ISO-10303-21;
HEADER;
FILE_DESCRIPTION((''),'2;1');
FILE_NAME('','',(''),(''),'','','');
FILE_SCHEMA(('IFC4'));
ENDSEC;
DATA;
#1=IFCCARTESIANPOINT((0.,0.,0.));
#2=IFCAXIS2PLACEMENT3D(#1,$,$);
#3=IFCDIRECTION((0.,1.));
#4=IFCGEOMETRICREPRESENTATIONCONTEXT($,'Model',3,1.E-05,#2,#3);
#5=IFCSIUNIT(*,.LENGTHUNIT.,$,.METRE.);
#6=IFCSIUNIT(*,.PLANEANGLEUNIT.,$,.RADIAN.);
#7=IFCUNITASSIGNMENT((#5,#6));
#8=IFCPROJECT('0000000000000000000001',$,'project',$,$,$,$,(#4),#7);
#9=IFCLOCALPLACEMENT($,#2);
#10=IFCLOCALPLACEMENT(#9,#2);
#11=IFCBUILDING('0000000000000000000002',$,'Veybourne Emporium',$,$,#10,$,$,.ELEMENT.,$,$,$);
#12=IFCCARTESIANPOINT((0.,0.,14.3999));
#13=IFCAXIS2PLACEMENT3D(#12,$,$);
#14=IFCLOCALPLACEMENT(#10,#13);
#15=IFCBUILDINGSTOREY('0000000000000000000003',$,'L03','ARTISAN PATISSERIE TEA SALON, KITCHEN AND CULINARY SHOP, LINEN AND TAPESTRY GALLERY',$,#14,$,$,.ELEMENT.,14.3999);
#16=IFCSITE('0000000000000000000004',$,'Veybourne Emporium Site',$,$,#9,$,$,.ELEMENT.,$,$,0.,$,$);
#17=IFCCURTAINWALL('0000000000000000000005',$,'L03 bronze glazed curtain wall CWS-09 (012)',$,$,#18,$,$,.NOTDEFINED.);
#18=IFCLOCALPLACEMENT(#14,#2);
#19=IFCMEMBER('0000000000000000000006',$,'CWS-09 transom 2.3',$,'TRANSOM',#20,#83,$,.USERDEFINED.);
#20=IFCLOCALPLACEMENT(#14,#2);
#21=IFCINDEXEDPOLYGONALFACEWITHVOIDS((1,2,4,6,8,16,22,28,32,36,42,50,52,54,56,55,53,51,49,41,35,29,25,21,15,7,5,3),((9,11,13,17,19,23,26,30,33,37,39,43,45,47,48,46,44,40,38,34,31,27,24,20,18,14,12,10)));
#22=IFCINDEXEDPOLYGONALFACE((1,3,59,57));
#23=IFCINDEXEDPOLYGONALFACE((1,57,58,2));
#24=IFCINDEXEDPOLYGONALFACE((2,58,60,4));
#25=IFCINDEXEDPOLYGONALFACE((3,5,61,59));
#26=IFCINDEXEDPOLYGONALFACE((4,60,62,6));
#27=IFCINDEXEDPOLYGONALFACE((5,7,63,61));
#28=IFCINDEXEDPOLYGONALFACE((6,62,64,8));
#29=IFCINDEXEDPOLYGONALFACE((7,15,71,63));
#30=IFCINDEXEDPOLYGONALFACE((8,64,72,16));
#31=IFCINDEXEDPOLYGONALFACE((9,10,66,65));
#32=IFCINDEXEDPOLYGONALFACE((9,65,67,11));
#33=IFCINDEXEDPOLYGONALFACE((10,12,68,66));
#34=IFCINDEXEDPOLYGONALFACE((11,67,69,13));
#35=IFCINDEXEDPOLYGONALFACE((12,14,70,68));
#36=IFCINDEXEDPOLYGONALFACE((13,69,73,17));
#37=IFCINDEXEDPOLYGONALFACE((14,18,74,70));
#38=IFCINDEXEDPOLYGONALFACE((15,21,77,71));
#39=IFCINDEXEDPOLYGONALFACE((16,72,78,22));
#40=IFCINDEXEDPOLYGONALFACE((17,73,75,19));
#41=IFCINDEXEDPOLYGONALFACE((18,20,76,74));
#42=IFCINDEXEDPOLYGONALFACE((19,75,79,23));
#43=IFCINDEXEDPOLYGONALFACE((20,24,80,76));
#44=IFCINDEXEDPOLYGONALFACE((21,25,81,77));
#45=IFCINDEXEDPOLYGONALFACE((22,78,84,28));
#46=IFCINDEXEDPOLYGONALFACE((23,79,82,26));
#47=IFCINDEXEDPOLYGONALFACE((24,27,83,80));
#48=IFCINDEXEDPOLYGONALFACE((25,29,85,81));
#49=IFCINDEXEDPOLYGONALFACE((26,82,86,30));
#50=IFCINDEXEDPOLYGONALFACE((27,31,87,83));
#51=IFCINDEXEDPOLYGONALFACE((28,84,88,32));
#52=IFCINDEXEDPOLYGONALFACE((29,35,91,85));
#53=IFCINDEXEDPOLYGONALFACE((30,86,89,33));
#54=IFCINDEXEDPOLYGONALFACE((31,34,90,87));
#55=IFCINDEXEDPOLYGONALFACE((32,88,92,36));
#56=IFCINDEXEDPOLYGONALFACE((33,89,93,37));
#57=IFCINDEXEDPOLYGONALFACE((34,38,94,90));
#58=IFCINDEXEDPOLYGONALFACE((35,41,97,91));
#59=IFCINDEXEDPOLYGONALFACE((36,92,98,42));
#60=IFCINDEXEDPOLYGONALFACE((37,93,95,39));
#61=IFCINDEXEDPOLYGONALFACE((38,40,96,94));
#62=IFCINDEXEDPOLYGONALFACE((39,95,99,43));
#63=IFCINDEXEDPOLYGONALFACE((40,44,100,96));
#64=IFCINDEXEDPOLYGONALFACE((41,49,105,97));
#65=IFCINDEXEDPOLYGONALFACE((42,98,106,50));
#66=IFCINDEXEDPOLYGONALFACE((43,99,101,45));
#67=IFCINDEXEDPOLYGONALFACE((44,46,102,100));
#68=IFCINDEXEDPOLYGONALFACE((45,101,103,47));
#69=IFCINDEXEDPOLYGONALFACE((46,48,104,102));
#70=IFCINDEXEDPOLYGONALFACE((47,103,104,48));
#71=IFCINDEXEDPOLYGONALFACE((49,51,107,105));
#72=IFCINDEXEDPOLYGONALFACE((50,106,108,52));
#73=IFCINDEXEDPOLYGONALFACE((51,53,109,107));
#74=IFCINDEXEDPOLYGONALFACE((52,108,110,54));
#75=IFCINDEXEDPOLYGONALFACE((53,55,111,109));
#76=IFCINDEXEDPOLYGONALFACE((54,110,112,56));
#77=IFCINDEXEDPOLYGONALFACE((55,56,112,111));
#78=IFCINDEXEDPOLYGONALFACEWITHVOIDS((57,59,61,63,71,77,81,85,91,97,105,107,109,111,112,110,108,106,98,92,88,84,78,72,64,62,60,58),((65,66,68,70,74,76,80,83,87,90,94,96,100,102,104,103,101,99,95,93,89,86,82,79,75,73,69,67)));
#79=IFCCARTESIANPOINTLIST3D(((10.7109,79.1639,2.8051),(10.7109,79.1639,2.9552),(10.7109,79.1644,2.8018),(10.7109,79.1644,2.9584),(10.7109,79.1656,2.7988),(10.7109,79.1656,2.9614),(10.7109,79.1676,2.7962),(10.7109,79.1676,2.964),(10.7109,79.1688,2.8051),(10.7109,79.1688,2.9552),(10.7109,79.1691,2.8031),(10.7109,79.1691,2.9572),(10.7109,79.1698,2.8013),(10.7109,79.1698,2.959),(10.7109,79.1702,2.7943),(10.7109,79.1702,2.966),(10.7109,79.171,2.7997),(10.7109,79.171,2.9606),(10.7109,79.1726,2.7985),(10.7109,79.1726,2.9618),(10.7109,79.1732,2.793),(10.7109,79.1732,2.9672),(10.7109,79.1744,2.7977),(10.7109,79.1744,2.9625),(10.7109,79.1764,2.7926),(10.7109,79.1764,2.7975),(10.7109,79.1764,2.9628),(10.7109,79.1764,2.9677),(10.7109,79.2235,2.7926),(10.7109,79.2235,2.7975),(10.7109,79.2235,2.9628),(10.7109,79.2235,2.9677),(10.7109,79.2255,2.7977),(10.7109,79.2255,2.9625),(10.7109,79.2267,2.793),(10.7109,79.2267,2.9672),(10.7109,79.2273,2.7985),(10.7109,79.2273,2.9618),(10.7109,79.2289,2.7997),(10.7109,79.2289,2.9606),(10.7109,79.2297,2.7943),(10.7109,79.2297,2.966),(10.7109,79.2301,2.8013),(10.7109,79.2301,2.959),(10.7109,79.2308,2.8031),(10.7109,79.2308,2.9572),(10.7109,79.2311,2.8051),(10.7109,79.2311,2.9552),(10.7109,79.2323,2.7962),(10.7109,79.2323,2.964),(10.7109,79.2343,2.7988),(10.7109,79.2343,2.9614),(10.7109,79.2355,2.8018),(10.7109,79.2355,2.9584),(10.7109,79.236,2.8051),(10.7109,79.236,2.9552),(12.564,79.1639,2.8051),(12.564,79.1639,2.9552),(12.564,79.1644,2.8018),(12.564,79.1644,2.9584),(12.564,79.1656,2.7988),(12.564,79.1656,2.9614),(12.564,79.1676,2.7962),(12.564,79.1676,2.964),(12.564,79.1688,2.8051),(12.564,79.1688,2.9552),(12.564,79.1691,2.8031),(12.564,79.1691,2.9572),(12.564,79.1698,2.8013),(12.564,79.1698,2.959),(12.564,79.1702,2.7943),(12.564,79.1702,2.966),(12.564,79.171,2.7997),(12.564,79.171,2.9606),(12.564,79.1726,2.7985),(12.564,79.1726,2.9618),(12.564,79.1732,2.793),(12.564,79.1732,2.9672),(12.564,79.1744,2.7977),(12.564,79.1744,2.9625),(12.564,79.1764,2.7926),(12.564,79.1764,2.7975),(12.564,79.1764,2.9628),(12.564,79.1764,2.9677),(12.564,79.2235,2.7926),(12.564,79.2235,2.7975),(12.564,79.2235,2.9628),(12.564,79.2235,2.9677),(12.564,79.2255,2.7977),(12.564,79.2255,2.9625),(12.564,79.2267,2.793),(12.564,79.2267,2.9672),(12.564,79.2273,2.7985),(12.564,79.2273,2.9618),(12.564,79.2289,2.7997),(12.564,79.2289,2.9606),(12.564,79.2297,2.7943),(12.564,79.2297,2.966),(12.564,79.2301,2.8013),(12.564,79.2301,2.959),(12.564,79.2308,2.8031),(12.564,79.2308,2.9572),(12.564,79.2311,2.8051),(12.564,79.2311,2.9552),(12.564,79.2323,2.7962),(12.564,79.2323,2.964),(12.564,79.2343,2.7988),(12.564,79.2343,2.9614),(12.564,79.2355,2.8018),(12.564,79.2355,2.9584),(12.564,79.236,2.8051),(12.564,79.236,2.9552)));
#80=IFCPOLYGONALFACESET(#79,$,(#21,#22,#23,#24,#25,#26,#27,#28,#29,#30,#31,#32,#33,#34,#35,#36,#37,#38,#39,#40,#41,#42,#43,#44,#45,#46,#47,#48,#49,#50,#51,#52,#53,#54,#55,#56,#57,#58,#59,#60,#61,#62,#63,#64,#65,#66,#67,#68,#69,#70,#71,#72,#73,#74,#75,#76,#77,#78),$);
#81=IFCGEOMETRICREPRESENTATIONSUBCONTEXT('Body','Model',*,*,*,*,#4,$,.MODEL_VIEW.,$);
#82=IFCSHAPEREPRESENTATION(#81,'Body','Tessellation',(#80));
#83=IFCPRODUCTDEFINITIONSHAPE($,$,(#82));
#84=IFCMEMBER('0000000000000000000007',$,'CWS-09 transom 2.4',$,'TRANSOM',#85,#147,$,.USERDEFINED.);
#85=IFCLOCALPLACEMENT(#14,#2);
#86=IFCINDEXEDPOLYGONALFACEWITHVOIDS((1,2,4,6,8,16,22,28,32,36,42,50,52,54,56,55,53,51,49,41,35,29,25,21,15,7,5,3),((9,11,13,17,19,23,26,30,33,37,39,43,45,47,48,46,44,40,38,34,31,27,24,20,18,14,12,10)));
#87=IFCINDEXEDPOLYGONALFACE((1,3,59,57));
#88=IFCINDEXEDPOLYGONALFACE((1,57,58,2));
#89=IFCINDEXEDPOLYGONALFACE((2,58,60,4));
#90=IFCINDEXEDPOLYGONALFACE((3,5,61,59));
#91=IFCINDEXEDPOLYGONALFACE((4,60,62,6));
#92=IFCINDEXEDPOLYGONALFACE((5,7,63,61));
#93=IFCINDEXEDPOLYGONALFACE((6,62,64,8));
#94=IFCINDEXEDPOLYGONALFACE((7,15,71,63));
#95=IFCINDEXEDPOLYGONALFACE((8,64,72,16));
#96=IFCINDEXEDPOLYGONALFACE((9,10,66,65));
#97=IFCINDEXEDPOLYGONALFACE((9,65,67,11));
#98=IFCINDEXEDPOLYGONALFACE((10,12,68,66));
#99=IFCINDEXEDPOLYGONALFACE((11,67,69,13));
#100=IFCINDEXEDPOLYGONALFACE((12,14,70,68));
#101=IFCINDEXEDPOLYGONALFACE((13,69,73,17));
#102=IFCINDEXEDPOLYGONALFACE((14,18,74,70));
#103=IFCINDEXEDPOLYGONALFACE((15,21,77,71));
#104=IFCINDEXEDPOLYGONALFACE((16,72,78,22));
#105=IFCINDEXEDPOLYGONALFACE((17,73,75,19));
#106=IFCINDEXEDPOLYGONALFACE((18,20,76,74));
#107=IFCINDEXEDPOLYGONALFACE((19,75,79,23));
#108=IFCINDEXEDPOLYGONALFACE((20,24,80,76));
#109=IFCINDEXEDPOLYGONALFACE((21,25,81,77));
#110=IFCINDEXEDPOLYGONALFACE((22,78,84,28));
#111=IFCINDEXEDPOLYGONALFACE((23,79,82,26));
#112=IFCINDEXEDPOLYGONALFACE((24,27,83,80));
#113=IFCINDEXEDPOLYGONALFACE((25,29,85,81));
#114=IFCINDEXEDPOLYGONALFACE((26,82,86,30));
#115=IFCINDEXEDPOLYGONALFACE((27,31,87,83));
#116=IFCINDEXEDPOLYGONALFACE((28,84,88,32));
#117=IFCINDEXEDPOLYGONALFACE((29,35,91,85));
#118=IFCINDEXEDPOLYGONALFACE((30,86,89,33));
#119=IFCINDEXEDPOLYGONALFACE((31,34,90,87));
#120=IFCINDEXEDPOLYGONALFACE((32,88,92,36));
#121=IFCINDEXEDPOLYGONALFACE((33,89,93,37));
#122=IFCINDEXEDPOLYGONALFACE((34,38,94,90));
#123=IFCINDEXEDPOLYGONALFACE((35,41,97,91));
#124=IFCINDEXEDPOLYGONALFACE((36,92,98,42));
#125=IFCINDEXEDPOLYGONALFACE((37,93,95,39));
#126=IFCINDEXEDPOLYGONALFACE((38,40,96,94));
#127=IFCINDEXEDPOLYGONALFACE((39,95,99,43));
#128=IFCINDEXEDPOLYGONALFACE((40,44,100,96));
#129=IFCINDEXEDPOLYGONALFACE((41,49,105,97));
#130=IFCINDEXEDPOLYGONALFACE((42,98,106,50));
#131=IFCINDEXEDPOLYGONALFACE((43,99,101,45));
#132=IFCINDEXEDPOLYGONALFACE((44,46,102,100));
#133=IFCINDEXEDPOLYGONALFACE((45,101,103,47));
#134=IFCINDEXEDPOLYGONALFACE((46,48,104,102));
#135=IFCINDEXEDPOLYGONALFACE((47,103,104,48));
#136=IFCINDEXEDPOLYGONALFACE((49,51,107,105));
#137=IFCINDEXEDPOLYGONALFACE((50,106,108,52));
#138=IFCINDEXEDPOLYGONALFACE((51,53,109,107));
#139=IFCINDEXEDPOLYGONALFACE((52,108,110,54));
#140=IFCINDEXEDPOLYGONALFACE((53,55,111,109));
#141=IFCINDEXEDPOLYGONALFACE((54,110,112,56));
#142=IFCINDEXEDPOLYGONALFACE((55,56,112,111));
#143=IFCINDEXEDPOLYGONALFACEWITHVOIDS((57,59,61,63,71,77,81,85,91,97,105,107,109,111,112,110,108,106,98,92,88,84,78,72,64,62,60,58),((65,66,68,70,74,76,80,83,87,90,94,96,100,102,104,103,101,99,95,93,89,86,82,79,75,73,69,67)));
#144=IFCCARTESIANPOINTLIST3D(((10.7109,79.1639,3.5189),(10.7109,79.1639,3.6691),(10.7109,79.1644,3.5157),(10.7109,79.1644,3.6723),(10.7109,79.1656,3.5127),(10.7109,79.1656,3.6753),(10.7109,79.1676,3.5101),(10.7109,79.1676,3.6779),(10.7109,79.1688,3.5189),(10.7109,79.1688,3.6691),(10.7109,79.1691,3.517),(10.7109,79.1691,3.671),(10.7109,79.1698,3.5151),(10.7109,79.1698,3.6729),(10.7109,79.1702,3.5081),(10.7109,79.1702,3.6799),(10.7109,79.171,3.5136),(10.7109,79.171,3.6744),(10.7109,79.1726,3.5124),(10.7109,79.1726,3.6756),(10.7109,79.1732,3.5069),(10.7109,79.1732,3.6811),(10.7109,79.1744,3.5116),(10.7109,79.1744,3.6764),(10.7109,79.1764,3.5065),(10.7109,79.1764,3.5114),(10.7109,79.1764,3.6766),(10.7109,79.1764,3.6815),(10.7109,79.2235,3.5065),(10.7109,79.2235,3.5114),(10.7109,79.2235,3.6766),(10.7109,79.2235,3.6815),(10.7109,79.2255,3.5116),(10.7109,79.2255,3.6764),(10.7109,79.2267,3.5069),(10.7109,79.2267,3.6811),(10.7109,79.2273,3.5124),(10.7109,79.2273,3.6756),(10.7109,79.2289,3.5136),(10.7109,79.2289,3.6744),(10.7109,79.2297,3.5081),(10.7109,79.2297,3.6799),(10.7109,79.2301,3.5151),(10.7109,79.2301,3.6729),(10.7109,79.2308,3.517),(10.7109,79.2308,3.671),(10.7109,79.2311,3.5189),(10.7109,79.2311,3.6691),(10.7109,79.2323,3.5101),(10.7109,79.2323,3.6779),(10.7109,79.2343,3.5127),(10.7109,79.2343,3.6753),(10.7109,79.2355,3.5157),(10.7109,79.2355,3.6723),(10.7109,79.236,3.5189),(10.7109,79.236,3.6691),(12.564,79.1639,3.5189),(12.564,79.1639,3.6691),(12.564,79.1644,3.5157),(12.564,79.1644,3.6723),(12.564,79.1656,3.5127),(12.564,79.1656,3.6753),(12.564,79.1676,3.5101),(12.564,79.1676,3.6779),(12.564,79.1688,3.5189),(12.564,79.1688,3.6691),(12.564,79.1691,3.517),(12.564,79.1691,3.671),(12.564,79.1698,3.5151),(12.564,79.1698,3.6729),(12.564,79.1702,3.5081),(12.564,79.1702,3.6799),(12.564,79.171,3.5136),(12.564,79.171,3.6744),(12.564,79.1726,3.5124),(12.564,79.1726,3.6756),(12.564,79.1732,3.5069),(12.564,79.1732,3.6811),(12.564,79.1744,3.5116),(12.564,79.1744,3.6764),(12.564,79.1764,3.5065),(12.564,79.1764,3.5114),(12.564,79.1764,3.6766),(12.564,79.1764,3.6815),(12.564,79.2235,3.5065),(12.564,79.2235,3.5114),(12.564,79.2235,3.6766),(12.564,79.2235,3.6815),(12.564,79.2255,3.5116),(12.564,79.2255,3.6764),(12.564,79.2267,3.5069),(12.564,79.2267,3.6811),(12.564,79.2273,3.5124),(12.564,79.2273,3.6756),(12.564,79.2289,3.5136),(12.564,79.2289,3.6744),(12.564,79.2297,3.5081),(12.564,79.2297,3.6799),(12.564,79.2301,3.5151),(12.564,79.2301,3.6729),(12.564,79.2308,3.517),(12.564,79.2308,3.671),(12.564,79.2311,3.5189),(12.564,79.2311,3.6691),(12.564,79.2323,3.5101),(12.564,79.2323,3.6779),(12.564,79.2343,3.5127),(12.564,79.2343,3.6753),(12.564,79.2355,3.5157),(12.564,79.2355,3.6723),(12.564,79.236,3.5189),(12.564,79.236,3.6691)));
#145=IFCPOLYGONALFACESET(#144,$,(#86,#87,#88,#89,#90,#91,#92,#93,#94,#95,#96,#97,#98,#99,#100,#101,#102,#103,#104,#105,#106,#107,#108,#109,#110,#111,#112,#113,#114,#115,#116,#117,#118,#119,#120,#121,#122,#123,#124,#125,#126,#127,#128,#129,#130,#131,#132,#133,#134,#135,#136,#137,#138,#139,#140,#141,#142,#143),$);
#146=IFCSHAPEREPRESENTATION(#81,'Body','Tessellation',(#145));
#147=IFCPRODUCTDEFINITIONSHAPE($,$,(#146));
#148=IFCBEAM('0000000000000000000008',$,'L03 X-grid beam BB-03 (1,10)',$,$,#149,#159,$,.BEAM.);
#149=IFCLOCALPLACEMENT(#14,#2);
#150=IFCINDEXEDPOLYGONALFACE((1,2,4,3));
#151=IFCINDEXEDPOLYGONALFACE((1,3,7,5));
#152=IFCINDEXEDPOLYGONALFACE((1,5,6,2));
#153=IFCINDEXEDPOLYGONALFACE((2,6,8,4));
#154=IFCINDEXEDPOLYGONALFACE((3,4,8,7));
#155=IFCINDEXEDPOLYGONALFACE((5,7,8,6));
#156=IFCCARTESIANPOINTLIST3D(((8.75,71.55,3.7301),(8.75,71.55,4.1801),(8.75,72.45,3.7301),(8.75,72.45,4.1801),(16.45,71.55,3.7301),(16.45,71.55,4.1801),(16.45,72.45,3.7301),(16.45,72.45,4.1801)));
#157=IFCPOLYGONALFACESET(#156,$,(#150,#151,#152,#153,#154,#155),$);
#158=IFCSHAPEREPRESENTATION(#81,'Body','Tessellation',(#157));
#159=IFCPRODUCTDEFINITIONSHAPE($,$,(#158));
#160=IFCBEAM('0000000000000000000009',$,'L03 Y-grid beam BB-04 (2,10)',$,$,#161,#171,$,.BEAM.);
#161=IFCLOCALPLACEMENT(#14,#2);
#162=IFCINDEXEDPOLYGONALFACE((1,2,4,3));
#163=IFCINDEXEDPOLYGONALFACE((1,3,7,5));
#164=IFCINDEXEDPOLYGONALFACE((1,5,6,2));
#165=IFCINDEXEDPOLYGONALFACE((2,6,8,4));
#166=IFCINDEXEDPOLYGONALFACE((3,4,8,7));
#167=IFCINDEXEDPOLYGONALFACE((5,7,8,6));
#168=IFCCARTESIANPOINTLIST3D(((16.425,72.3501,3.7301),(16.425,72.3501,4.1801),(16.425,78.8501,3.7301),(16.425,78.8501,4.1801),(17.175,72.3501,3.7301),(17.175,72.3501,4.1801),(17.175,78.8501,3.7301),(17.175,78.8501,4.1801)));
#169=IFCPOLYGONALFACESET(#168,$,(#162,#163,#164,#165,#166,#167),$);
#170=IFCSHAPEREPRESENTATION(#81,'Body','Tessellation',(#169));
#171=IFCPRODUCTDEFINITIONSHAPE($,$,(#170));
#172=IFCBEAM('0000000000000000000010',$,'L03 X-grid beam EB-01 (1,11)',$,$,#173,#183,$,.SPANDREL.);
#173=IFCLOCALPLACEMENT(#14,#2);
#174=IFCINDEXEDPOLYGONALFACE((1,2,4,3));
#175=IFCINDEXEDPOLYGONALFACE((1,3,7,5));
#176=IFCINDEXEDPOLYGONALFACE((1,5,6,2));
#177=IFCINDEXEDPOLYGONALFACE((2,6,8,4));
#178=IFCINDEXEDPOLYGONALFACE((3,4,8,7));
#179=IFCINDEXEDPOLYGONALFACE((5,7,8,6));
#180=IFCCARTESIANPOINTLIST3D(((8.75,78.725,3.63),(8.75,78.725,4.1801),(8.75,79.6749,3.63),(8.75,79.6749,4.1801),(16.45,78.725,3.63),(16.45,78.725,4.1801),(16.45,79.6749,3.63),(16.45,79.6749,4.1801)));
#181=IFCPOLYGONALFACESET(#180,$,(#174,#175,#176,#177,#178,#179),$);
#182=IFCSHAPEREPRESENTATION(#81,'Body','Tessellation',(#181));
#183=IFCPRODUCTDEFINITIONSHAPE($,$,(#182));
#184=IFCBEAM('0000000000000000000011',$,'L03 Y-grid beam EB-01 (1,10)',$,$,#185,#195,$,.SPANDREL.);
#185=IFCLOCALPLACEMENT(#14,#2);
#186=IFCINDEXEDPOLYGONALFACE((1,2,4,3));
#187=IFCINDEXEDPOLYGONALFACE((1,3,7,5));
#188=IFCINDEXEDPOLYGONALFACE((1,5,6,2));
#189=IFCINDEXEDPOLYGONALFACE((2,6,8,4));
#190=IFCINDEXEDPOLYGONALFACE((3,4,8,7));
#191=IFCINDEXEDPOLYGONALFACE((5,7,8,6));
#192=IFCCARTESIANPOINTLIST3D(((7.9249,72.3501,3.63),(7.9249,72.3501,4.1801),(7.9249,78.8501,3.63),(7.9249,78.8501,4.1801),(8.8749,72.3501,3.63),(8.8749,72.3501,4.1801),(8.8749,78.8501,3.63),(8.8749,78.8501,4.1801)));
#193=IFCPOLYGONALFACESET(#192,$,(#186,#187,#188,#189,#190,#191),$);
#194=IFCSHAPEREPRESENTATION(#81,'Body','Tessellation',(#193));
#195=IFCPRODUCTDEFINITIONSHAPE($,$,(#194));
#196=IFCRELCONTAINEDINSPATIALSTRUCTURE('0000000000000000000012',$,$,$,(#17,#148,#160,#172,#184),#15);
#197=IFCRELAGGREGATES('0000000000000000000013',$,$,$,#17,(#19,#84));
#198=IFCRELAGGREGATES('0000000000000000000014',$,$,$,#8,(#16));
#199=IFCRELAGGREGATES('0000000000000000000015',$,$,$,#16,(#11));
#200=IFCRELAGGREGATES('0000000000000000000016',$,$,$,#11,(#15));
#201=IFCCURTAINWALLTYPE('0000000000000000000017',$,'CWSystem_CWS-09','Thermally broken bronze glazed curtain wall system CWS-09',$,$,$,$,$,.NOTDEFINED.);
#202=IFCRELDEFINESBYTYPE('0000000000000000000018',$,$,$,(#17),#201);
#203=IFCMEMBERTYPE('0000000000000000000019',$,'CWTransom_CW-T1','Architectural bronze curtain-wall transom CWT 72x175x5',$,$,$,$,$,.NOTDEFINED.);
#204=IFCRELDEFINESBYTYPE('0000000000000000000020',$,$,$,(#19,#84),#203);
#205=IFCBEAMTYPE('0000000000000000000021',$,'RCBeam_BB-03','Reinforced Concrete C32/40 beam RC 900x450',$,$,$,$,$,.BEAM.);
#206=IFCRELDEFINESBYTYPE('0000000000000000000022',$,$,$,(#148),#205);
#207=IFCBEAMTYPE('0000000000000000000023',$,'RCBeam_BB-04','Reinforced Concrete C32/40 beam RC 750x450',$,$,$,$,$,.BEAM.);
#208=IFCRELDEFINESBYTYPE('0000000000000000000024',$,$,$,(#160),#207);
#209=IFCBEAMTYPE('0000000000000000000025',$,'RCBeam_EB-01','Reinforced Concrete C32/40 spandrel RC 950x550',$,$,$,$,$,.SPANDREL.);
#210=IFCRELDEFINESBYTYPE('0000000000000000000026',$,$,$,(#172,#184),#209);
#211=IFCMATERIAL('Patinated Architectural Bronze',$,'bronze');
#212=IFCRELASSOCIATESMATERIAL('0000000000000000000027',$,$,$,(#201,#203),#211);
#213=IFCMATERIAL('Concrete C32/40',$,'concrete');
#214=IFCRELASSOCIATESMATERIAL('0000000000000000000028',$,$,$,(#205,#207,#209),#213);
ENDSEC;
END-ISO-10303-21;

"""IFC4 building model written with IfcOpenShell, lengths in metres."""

from ifc_helpers import new_model, si_unit, direction, frame, origin, origin_2d, place, context, subcontext, project, spatial, rectangle, hollow_rectangle, extrude, material, material_profile, profile_set, type_object, element, aggregate, save


model = new_model("IFC4")

# Units and contexts
model_context = context("Model", 3, precision=1e-05, world=origin(), true_north=direction((0.0, 1.0)))
body_context = subcontext(model_context, "Body", "Model", "MODEL_VIEW")
ifc_project = project(units=[si_unit("LENGTHUNIT", "METRE"), si_unit("PLANEANGLEUNIT", "RADIAN")], contexts=[model_context])

# Site, building, storey
site_placement = place(None, origin())
site = spatial("IfcSite", under=ifc_project, at=site_placement, Name="Veybourne Emporium Site", CompositionType="ELEMENT", RefElevation=0.0)
building_placement = place(site_placement, origin())
building = spatial("IfcBuilding", under=site, at=building_placement, Name="Veybourne Emporium", CompositionType="ELEMENT")
storey_placement = place(building_placement, frame((0.0, 0.0, 14.3999)))
storey = spatial("IfcBuildingStorey", under=building, at=storey_placement, Name="L03", Description="ARTISAN PATISSERIE TEA SALON, KITCHEN AND CULINARY SHOP, LINEN AND TAPESTRY GALLERY", CompositionType="ELEMENT", Elevation=14.3999)

# Curtain wall, members
ifc_material_1 = material(Name="Patinated Architectural Bronze", Category="bronze")
curtain_wall_type = type_object("IfcCurtainWallType", Name="CWSystem_CWS-09", Description="Thermally broken bronze glazed curtain wall system CWS-09", PredefinedType="NOTDEFINED", material=ifc_material_1)
curtain_wall_placement = place(storey_placement, origin())
curtain_wall = element("IfcCurtainWall", 1, at=curtain_wall_placement, inside=storey, type_object=curtain_wall_type, Name="L03 bronze glazed curtain wall CWS-09 (012)", PredefinedType="NOTDEFINED")
ifc_material_profile_1 = material_profile(ifc_material_1, hollow_rectangle(XDim=0.072, YDim=0.175, WallThickness=0.0049, InnerFilletRadius=0.0076, OuterFilletRadius=0.0125, at=origin_2d()), Name="CWT 72x175x5")
ifc_profile_set_1 = profile_set([ifc_material_profile_1], Name="Patinated Architectural Bronze")
member_type_1 = type_object("IfcMemberType", Name="CWTransom_CW-T1", Description="Architectural bronze curtain-wall transom CWT 72x175x5", PredefinedType="NOTDEFINED", material=ifc_profile_set_1)
member_1_placement = place(storey_placement, frame((10.7109, 79.2, 2.8801), z_axis=(1.0, 0.0, 0.0), x_axis=(0.0, 1.0, 0.0)))
member_1 = element("IfcMember", 2, at=member_1_placement, type_object=member_type_1, Name="CWS-09 transom 2.3", ObjectType="TRANSOM", PredefinedType="USERDEFINED", context=body_context, shape_type="SweptSolid", body=[
    extrude(hollow_rectangle(XDim=0.072, YDim=0.175, WallThickness=0.0049, InnerFilletRadius=0.0076, OuterFilletRadius=0.0125, at=origin_2d()), origin(), (0.0, 0.0, 1.0), 1.853),
])
member_2_placement = place(storey_placement, frame((10.7109, 79.2, 3.594), z_axis=(1.0, 0.0, 0.0), x_axis=(0.0, 1.0, 0.0)))
member_2 = element("IfcMember", 3, at=member_2_placement, type_object=member_type_1, Name="CWS-09 transom 2.4", ObjectType="TRANSOM", PredefinedType="USERDEFINED", context=body_context, shape_type="SweptSolid", body=[
    extrude(hollow_rectangle(XDim=0.072, YDim=0.175, WallThickness=0.0049, InnerFilletRadius=0.0076, OuterFilletRadius=0.0125, at=origin_2d()), origin(), (0.0, 0.0, 1.0), 1.853),
])

# Beams
ifc_material_2 = material(Name="Concrete C32/40", Category="concrete")
ifc_material_profile_2 = material_profile(ifc_material_2, rectangle(XDim=0.8999, YDim=0.45, at=origin_2d()), Name="RC 900x450")
ifc_profile_set_2 = profile_set([ifc_material_profile_2], Name="Concrete C32/40")
beam_type_1 = type_object("IfcBeamType", Name="RCBeam_BB-03", Description="Reinforced Concrete C32/40 beam RC 900x450", PredefinedType="BEAM", material=ifc_profile_set_2)
beam_1_placement = place(storey_placement, frame((8.75, 72.0, 3.9551), z_axis=(1.0, 0.0, 0.0), x_axis=(0.0, 1.0, 0.0)))
element("IfcBeam", 4, at=beam_1_placement, inside=storey, type_object=beam_type_1, Name="L03 X-grid beam BB-03 (1,10)", PredefinedType="BEAM", context=body_context, shape_type="SweptSolid", body=[
    extrude(rectangle(XDim=0.8999, YDim=0.45, at=origin_2d()), origin(), (0.0, 0.0, 1.0), 7.7),
])
ifc_material_profile_3 = material_profile(ifc_material_2, rectangle(XDim=0.75, YDim=0.45, at=origin_2d()), Name="RC 750x450")
ifc_profile_set_3 = profile_set([ifc_material_profile_3], Name="Concrete C32/40")
beam_type_2 = type_object("IfcBeamType", Name="RCBeam_BB-04", Description="Reinforced Concrete C32/40 beam RC 750x450", PredefinedType="BEAM", material=ifc_profile_set_3)
beam_2_placement = place(storey_placement, frame((16.8, 72.3501, 3.9551), z_axis=(0.0, 1.0, 0.0), x_axis=(-1.0, 0.0, 0.0)))
element("IfcBeam", 5, at=beam_2_placement, inside=storey, type_object=beam_type_2, Name="L03 Y-grid beam BB-04 (2,10)", PredefinedType="BEAM", context=body_context, shape_type="SweptSolid", body=[
    extrude(rectangle(XDim=0.75, YDim=0.45, at=origin_2d()), origin(), (0.0, 0.0, 1.0), 6.5),
])
ifc_material_profile_4 = material_profile(ifc_material_2, rectangle(XDim=0.95, YDim=0.55, at=origin_2d()), Name="RC 950x550")
ifc_profile_set_4 = profile_set([ifc_material_profile_4], Name="Concrete C32/40")
beam_type_3 = type_object("IfcBeamType", Name="RCBeam_EB-01", Description="Reinforced Concrete C32/40 spandrel RC 950x550", PredefinedType="SPANDREL", material=ifc_profile_set_4)
beam_3_placement = place(storey_placement, frame((8.75, 79.2, 3.905), z_axis=(1.0, 0.0, 0.0), x_axis=(0.0, 1.0, 0.0)))
element("IfcBeam", 6, at=beam_3_placement, inside=storey, type_object=beam_type_3, Name="L03 X-grid beam EB-01 (1,11)", PredefinedType="SPANDREL", context=body_context, shape_type="SweptSolid", body=[
    extrude(rectangle(XDim=0.95, YDim=0.55, at=origin_2d()), origin(), (0.0, 0.0, 1.0), 7.7),
])
beam_4_placement = place(storey_placement, frame((8.3999, 72.3501, 3.905), z_axis=(0.0, 1.0, 0.0), x_axis=(-1.0, 0.0, 0.0)))
element("IfcBeam", 7, at=beam_4_placement, inside=storey, type_object=beam_type_3, Name="L03 Y-grid beam EB-01 (1,10)", PredefinedType="SPANDREL", context=body_context, shape_type="SweptSolid", body=[
    extrude(rectangle(XDim=0.95, YDim=0.55, at=origin_2d()), origin(), (0.0, 0.0, 1.0), 6.5),
])

aggregate(curtain_wall, [member_1, member_2])

save(model, "model.ifc")
